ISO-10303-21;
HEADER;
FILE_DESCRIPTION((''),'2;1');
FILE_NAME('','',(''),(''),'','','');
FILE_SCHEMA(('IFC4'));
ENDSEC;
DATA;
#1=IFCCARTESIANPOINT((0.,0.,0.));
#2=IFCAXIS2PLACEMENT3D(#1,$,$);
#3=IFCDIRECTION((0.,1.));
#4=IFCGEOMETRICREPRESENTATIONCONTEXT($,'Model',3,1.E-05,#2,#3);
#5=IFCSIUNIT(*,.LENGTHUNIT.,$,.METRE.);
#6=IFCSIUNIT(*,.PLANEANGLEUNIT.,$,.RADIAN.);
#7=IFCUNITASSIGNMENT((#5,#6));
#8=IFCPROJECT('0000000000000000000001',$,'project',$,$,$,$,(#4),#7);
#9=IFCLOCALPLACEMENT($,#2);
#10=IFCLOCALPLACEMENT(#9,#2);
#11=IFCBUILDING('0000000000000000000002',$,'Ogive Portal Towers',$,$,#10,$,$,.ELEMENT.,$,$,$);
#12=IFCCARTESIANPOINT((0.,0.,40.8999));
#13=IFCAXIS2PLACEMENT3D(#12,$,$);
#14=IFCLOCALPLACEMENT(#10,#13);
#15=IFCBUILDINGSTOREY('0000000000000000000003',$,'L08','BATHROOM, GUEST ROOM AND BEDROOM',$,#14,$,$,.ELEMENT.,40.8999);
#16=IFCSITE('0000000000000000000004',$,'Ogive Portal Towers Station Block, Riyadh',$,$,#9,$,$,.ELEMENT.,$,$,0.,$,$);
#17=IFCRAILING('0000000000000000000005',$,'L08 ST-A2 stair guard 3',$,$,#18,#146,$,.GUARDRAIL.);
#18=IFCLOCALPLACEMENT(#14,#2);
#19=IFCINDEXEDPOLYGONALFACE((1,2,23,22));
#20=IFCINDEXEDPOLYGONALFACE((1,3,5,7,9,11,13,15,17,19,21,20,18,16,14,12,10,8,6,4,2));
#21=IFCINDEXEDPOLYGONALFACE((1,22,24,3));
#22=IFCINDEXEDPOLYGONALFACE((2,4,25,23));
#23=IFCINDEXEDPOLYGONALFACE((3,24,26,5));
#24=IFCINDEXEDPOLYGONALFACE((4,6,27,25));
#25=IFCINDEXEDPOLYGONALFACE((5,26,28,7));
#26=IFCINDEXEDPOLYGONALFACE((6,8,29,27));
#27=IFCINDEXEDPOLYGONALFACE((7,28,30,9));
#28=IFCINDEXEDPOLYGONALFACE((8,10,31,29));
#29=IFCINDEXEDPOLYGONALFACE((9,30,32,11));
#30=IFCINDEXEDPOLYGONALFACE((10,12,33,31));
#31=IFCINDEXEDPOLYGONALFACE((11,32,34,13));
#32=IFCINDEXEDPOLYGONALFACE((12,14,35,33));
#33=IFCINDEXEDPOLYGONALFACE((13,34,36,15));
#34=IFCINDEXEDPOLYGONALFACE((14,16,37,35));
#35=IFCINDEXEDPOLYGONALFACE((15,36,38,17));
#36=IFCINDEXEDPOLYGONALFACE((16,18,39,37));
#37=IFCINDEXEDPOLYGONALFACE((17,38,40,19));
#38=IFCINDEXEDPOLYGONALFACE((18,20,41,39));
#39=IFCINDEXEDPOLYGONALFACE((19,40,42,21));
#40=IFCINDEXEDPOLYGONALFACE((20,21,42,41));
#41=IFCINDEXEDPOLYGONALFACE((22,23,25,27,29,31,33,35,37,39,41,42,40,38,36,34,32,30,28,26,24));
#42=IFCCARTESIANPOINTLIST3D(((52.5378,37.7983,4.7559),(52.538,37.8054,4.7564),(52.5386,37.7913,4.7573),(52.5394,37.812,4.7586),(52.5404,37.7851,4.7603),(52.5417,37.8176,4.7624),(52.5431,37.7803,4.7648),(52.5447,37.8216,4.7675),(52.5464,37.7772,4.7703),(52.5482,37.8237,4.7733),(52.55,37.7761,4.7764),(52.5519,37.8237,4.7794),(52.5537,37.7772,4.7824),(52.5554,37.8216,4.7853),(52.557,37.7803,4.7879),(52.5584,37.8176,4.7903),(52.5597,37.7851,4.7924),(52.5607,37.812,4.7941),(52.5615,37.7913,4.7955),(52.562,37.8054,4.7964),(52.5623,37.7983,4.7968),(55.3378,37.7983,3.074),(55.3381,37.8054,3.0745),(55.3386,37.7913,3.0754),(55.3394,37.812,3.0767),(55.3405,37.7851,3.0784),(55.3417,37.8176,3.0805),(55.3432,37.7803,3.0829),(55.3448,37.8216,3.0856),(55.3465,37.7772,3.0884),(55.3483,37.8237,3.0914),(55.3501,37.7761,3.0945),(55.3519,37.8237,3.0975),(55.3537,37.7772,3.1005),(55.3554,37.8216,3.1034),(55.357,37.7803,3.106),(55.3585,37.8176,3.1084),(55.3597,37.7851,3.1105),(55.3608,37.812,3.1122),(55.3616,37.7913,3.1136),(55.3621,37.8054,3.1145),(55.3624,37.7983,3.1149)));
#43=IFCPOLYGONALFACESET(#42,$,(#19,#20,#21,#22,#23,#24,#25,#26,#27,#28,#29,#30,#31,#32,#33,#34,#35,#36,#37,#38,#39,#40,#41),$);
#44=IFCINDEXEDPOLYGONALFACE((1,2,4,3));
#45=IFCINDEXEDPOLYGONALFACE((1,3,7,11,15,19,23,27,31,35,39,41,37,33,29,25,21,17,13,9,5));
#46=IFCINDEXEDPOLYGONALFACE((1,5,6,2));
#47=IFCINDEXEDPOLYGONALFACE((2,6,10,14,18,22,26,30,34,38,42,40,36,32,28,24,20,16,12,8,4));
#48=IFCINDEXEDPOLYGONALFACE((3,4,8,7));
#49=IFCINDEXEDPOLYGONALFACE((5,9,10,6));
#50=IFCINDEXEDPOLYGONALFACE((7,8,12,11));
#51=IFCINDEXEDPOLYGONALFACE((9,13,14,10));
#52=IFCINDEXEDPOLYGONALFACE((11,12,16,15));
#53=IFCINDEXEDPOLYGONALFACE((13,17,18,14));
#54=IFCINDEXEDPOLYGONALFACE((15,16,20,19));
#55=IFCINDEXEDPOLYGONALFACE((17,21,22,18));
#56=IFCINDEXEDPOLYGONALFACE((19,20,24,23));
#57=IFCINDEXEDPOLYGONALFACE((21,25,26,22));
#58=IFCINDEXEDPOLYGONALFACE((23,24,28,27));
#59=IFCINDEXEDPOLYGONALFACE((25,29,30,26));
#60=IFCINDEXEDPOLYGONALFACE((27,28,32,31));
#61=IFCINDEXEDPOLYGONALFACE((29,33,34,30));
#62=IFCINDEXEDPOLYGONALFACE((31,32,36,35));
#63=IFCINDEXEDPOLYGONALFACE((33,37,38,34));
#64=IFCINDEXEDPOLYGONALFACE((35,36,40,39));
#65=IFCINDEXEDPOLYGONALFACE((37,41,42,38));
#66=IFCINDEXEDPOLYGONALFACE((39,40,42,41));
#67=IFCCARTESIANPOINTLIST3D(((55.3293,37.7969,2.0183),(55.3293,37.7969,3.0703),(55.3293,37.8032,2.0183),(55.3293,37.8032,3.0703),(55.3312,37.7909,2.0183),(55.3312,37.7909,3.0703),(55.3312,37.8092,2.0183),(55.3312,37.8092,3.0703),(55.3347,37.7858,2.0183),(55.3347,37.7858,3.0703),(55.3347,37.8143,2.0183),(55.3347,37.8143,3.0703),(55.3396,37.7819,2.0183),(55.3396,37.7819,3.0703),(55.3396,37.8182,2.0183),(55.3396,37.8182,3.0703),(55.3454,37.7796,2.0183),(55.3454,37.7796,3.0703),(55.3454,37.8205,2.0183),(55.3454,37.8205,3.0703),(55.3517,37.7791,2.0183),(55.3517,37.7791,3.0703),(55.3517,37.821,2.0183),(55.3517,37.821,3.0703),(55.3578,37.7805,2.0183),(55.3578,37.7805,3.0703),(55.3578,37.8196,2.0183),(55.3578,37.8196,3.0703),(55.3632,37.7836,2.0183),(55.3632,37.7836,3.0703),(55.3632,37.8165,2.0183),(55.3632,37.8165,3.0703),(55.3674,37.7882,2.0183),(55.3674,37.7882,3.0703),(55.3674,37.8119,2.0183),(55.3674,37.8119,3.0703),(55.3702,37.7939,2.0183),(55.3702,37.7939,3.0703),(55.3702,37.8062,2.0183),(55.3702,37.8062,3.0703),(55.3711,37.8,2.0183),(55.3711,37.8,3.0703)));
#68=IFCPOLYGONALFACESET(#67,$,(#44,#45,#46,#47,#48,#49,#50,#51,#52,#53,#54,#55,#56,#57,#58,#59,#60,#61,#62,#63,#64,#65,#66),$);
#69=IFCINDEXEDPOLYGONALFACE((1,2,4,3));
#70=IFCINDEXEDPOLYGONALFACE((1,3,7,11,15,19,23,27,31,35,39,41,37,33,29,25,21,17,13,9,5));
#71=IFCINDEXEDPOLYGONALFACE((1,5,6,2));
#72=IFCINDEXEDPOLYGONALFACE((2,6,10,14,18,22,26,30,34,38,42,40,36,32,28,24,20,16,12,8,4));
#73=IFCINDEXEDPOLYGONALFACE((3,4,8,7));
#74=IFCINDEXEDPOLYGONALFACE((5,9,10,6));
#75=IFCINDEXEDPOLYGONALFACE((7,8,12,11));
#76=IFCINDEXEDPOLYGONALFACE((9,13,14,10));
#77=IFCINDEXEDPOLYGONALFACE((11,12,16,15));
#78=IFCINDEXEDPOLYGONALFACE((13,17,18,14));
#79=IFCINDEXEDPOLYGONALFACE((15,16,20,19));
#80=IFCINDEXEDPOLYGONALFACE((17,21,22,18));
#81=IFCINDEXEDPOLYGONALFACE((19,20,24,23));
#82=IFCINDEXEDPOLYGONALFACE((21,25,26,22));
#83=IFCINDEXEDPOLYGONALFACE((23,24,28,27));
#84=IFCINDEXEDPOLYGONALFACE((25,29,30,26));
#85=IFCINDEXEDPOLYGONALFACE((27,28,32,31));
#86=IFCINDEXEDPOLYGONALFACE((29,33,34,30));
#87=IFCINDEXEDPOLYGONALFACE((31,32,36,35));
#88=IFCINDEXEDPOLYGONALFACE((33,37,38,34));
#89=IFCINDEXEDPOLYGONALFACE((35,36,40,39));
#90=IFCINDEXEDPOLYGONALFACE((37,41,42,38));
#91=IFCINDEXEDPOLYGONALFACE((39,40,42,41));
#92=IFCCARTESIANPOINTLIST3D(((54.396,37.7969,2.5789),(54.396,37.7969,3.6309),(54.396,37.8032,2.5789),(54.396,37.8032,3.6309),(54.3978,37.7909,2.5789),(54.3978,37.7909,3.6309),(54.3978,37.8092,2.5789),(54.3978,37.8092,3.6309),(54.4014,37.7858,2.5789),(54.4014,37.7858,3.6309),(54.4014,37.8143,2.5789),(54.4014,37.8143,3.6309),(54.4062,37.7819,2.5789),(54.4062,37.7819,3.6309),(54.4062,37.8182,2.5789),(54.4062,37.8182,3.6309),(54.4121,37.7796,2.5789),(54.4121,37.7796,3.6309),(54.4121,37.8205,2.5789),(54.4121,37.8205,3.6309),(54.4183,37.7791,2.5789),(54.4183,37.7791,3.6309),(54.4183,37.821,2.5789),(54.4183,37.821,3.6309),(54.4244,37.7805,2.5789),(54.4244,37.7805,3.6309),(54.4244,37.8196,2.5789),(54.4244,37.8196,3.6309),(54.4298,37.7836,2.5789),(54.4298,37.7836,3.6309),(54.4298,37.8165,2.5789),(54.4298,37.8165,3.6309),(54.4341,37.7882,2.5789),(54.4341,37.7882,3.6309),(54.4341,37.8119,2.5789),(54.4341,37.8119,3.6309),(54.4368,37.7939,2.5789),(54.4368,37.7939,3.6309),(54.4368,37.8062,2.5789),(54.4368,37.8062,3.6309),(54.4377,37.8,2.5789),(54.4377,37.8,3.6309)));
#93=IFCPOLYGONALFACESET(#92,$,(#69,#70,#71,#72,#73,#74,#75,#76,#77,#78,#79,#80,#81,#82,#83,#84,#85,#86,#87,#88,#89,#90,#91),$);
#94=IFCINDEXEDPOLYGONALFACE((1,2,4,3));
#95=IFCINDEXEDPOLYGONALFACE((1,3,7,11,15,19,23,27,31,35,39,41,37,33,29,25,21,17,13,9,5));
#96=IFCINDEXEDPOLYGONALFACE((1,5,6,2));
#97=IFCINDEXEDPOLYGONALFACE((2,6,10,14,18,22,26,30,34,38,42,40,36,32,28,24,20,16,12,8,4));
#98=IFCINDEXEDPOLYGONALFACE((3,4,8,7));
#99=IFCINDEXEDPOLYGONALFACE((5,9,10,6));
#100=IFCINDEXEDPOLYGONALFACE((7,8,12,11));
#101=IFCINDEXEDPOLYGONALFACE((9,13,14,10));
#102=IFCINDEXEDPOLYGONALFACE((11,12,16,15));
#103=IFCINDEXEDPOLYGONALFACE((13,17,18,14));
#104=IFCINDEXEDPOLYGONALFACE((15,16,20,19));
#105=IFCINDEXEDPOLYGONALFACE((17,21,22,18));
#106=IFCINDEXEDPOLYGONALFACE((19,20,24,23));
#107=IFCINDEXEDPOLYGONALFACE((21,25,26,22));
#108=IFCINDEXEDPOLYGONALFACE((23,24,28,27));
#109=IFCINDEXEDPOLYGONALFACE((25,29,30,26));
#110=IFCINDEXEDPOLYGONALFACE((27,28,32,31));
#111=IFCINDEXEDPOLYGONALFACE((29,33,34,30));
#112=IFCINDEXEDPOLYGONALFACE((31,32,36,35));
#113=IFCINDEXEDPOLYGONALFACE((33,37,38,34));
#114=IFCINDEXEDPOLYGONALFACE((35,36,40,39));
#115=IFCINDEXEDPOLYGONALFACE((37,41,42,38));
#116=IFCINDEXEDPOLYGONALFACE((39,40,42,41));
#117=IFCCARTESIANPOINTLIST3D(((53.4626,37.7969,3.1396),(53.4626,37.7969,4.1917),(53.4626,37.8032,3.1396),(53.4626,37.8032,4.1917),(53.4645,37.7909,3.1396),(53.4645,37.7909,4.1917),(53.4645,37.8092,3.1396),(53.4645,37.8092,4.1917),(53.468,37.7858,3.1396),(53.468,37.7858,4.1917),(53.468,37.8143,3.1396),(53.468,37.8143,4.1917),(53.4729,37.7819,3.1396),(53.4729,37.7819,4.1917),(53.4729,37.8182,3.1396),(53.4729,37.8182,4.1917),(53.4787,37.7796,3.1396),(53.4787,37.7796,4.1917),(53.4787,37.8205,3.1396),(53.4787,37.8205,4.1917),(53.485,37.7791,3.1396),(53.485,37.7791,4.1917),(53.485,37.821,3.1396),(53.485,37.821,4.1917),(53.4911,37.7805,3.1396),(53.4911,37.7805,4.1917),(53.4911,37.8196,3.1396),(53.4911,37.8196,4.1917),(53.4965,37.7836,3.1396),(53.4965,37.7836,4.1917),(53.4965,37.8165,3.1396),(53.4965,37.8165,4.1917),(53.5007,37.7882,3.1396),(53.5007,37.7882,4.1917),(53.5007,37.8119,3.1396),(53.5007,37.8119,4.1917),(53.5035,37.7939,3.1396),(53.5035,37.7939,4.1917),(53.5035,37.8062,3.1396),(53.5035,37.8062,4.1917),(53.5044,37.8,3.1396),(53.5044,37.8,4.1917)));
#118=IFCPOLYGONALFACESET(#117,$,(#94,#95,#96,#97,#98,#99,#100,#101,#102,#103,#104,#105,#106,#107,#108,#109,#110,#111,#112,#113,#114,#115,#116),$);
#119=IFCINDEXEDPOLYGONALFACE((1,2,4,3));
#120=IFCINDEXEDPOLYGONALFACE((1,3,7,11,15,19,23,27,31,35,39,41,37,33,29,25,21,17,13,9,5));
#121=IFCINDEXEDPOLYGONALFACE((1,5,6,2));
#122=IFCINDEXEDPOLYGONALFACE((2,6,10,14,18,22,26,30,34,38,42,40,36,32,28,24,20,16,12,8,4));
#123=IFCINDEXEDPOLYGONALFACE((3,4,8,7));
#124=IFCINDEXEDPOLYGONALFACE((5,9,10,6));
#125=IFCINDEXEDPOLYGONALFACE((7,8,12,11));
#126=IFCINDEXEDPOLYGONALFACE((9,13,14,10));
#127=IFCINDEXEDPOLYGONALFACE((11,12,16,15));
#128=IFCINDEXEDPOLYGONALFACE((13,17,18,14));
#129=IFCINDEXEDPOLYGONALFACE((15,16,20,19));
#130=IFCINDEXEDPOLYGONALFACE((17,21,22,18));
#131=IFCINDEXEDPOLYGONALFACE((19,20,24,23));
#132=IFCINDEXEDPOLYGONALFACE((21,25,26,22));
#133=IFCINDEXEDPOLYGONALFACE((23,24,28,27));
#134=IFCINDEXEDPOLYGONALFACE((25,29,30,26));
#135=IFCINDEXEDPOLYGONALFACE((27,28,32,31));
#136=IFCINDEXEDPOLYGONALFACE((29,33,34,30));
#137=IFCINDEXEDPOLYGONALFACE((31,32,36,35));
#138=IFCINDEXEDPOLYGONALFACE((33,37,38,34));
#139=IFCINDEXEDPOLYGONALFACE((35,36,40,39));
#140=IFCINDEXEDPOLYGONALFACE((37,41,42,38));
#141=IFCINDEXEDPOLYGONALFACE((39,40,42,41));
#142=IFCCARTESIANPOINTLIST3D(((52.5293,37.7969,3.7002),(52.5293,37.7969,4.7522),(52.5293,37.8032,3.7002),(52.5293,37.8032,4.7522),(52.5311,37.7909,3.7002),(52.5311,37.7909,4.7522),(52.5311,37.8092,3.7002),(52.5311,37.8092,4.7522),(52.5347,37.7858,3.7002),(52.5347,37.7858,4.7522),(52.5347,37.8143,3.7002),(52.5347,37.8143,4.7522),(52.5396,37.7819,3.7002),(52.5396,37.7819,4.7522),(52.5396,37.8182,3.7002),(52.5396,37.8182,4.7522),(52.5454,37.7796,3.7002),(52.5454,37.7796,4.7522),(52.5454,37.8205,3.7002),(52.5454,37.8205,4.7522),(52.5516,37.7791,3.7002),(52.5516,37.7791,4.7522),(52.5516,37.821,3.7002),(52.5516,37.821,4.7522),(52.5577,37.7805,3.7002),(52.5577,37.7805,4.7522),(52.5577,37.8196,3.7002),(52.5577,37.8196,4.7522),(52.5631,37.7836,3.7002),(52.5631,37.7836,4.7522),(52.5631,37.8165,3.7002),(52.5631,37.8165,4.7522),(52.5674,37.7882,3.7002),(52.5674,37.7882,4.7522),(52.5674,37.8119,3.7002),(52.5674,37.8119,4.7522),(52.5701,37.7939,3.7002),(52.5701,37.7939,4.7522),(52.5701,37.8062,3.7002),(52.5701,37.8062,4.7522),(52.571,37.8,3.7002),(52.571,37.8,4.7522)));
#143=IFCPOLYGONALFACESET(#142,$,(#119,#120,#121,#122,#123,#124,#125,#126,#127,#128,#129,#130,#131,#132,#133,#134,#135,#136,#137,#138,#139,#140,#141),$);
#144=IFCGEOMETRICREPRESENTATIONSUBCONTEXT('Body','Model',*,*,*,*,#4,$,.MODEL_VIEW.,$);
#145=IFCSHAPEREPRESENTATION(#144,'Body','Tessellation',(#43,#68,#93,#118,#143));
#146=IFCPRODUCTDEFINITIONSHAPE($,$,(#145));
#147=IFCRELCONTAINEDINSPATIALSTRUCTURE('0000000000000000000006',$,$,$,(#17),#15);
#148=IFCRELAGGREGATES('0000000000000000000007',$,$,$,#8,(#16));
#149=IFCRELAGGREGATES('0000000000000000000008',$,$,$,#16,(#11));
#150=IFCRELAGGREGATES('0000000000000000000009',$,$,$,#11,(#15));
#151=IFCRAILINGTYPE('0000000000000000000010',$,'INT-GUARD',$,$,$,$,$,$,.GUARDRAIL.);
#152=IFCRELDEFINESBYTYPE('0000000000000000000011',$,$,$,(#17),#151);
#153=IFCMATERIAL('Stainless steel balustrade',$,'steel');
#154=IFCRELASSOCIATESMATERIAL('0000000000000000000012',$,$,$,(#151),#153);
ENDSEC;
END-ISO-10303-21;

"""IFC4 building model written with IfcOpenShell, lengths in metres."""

from ifc_helpers import new_model, si_unit, direction, frame, origin, origin_2d, place, context, subcontext, project, spatial, circle, extrude, material, type_object, element, save


model = new_model("IFC4")

# Units and contexts
model_context = context("Model", 3, precision=1e-05, world=origin(), true_north=direction((0.0, 1.0)))
body_context = subcontext(model_context, "Body", "Model", "MODEL_VIEW")
ifc_project = project(units=[si_unit("LENGTHUNIT", "METRE"), si_unit("PLANEANGLEUNIT", "RADIAN")], contexts=[model_context])

# Site, building, storey
site_placement = place(None, origin())
site = spatial("IfcSite", under=ifc_project, at=site_placement, Name="Ogive Portal Towers Station Block, Riyadh", CompositionType="ELEMENT", RefElevation=0.0)
building_placement = place(site_placement, origin())
building = spatial("IfcBuilding", under=site, at=building_placement, Name="Ogive Portal Towers", CompositionType="ELEMENT")
storey_placement = place(building_placement, frame((0.0, 0.0, 40.8999)))
storey = spatial("IfcBuildingStorey", under=building, at=storey_placement, Name="L08", Description="BATHROOM, GUEST ROOM AND BEDROOM", CompositionType="ELEMENT", Elevation=40.8999)

# Railing
ifc_material_1 = material(Name="Stainless steel balustrade", Category="steel")
railing_type_1 = type_object("IfcRailingType", Name="INT-GUARD", PredefinedType="GUARDRAIL", material=ifc_material_1)
railing_1_placement = place(storey_placement, frame((55.3501, 37.8, 2.0183)))
element("IfcRailing", 1, at=railing_1_placement, inside=storey, type_object=railing_type_1, Name="L08 ST-A2 stair guard 3", PredefinedType="GUARDRAIL", context=body_context, shape_type="SweptSolid", body=[
    extrude(circle(Radius=0.0239, at=origin_2d()), frame((0.0, 0.0, 1.0762), z_axis=(-0.857242, 0.0, 0.514913), x_axis=(0.0, -1.0, 0.0)), (0.0, 0.0, 1.0), 3.2664),
    extrude(circle(Radius=0.021, at=origin_2d()), origin(), (0.0, 0.0, 1.0), 1.052),
    extrude(circle(Radius=0.021, at=origin_2d()), frame((-0.9333, 0.0, 0.5605)), (0.0, 0.0, 1.0), 1.052),
    extrude(circle(Radius=0.021, at=origin_2d()), frame((-1.8667, 0.0, 1.1213)), (0.0, 0.0, 1.0), 1.052),
    extrude(circle(Radius=0.021, at=origin_2d()), frame((-2.8, 0.0, 1.6819)), (0.0, 0.0, 1.0), 1.052),
])

save(model, "model.ifc")
